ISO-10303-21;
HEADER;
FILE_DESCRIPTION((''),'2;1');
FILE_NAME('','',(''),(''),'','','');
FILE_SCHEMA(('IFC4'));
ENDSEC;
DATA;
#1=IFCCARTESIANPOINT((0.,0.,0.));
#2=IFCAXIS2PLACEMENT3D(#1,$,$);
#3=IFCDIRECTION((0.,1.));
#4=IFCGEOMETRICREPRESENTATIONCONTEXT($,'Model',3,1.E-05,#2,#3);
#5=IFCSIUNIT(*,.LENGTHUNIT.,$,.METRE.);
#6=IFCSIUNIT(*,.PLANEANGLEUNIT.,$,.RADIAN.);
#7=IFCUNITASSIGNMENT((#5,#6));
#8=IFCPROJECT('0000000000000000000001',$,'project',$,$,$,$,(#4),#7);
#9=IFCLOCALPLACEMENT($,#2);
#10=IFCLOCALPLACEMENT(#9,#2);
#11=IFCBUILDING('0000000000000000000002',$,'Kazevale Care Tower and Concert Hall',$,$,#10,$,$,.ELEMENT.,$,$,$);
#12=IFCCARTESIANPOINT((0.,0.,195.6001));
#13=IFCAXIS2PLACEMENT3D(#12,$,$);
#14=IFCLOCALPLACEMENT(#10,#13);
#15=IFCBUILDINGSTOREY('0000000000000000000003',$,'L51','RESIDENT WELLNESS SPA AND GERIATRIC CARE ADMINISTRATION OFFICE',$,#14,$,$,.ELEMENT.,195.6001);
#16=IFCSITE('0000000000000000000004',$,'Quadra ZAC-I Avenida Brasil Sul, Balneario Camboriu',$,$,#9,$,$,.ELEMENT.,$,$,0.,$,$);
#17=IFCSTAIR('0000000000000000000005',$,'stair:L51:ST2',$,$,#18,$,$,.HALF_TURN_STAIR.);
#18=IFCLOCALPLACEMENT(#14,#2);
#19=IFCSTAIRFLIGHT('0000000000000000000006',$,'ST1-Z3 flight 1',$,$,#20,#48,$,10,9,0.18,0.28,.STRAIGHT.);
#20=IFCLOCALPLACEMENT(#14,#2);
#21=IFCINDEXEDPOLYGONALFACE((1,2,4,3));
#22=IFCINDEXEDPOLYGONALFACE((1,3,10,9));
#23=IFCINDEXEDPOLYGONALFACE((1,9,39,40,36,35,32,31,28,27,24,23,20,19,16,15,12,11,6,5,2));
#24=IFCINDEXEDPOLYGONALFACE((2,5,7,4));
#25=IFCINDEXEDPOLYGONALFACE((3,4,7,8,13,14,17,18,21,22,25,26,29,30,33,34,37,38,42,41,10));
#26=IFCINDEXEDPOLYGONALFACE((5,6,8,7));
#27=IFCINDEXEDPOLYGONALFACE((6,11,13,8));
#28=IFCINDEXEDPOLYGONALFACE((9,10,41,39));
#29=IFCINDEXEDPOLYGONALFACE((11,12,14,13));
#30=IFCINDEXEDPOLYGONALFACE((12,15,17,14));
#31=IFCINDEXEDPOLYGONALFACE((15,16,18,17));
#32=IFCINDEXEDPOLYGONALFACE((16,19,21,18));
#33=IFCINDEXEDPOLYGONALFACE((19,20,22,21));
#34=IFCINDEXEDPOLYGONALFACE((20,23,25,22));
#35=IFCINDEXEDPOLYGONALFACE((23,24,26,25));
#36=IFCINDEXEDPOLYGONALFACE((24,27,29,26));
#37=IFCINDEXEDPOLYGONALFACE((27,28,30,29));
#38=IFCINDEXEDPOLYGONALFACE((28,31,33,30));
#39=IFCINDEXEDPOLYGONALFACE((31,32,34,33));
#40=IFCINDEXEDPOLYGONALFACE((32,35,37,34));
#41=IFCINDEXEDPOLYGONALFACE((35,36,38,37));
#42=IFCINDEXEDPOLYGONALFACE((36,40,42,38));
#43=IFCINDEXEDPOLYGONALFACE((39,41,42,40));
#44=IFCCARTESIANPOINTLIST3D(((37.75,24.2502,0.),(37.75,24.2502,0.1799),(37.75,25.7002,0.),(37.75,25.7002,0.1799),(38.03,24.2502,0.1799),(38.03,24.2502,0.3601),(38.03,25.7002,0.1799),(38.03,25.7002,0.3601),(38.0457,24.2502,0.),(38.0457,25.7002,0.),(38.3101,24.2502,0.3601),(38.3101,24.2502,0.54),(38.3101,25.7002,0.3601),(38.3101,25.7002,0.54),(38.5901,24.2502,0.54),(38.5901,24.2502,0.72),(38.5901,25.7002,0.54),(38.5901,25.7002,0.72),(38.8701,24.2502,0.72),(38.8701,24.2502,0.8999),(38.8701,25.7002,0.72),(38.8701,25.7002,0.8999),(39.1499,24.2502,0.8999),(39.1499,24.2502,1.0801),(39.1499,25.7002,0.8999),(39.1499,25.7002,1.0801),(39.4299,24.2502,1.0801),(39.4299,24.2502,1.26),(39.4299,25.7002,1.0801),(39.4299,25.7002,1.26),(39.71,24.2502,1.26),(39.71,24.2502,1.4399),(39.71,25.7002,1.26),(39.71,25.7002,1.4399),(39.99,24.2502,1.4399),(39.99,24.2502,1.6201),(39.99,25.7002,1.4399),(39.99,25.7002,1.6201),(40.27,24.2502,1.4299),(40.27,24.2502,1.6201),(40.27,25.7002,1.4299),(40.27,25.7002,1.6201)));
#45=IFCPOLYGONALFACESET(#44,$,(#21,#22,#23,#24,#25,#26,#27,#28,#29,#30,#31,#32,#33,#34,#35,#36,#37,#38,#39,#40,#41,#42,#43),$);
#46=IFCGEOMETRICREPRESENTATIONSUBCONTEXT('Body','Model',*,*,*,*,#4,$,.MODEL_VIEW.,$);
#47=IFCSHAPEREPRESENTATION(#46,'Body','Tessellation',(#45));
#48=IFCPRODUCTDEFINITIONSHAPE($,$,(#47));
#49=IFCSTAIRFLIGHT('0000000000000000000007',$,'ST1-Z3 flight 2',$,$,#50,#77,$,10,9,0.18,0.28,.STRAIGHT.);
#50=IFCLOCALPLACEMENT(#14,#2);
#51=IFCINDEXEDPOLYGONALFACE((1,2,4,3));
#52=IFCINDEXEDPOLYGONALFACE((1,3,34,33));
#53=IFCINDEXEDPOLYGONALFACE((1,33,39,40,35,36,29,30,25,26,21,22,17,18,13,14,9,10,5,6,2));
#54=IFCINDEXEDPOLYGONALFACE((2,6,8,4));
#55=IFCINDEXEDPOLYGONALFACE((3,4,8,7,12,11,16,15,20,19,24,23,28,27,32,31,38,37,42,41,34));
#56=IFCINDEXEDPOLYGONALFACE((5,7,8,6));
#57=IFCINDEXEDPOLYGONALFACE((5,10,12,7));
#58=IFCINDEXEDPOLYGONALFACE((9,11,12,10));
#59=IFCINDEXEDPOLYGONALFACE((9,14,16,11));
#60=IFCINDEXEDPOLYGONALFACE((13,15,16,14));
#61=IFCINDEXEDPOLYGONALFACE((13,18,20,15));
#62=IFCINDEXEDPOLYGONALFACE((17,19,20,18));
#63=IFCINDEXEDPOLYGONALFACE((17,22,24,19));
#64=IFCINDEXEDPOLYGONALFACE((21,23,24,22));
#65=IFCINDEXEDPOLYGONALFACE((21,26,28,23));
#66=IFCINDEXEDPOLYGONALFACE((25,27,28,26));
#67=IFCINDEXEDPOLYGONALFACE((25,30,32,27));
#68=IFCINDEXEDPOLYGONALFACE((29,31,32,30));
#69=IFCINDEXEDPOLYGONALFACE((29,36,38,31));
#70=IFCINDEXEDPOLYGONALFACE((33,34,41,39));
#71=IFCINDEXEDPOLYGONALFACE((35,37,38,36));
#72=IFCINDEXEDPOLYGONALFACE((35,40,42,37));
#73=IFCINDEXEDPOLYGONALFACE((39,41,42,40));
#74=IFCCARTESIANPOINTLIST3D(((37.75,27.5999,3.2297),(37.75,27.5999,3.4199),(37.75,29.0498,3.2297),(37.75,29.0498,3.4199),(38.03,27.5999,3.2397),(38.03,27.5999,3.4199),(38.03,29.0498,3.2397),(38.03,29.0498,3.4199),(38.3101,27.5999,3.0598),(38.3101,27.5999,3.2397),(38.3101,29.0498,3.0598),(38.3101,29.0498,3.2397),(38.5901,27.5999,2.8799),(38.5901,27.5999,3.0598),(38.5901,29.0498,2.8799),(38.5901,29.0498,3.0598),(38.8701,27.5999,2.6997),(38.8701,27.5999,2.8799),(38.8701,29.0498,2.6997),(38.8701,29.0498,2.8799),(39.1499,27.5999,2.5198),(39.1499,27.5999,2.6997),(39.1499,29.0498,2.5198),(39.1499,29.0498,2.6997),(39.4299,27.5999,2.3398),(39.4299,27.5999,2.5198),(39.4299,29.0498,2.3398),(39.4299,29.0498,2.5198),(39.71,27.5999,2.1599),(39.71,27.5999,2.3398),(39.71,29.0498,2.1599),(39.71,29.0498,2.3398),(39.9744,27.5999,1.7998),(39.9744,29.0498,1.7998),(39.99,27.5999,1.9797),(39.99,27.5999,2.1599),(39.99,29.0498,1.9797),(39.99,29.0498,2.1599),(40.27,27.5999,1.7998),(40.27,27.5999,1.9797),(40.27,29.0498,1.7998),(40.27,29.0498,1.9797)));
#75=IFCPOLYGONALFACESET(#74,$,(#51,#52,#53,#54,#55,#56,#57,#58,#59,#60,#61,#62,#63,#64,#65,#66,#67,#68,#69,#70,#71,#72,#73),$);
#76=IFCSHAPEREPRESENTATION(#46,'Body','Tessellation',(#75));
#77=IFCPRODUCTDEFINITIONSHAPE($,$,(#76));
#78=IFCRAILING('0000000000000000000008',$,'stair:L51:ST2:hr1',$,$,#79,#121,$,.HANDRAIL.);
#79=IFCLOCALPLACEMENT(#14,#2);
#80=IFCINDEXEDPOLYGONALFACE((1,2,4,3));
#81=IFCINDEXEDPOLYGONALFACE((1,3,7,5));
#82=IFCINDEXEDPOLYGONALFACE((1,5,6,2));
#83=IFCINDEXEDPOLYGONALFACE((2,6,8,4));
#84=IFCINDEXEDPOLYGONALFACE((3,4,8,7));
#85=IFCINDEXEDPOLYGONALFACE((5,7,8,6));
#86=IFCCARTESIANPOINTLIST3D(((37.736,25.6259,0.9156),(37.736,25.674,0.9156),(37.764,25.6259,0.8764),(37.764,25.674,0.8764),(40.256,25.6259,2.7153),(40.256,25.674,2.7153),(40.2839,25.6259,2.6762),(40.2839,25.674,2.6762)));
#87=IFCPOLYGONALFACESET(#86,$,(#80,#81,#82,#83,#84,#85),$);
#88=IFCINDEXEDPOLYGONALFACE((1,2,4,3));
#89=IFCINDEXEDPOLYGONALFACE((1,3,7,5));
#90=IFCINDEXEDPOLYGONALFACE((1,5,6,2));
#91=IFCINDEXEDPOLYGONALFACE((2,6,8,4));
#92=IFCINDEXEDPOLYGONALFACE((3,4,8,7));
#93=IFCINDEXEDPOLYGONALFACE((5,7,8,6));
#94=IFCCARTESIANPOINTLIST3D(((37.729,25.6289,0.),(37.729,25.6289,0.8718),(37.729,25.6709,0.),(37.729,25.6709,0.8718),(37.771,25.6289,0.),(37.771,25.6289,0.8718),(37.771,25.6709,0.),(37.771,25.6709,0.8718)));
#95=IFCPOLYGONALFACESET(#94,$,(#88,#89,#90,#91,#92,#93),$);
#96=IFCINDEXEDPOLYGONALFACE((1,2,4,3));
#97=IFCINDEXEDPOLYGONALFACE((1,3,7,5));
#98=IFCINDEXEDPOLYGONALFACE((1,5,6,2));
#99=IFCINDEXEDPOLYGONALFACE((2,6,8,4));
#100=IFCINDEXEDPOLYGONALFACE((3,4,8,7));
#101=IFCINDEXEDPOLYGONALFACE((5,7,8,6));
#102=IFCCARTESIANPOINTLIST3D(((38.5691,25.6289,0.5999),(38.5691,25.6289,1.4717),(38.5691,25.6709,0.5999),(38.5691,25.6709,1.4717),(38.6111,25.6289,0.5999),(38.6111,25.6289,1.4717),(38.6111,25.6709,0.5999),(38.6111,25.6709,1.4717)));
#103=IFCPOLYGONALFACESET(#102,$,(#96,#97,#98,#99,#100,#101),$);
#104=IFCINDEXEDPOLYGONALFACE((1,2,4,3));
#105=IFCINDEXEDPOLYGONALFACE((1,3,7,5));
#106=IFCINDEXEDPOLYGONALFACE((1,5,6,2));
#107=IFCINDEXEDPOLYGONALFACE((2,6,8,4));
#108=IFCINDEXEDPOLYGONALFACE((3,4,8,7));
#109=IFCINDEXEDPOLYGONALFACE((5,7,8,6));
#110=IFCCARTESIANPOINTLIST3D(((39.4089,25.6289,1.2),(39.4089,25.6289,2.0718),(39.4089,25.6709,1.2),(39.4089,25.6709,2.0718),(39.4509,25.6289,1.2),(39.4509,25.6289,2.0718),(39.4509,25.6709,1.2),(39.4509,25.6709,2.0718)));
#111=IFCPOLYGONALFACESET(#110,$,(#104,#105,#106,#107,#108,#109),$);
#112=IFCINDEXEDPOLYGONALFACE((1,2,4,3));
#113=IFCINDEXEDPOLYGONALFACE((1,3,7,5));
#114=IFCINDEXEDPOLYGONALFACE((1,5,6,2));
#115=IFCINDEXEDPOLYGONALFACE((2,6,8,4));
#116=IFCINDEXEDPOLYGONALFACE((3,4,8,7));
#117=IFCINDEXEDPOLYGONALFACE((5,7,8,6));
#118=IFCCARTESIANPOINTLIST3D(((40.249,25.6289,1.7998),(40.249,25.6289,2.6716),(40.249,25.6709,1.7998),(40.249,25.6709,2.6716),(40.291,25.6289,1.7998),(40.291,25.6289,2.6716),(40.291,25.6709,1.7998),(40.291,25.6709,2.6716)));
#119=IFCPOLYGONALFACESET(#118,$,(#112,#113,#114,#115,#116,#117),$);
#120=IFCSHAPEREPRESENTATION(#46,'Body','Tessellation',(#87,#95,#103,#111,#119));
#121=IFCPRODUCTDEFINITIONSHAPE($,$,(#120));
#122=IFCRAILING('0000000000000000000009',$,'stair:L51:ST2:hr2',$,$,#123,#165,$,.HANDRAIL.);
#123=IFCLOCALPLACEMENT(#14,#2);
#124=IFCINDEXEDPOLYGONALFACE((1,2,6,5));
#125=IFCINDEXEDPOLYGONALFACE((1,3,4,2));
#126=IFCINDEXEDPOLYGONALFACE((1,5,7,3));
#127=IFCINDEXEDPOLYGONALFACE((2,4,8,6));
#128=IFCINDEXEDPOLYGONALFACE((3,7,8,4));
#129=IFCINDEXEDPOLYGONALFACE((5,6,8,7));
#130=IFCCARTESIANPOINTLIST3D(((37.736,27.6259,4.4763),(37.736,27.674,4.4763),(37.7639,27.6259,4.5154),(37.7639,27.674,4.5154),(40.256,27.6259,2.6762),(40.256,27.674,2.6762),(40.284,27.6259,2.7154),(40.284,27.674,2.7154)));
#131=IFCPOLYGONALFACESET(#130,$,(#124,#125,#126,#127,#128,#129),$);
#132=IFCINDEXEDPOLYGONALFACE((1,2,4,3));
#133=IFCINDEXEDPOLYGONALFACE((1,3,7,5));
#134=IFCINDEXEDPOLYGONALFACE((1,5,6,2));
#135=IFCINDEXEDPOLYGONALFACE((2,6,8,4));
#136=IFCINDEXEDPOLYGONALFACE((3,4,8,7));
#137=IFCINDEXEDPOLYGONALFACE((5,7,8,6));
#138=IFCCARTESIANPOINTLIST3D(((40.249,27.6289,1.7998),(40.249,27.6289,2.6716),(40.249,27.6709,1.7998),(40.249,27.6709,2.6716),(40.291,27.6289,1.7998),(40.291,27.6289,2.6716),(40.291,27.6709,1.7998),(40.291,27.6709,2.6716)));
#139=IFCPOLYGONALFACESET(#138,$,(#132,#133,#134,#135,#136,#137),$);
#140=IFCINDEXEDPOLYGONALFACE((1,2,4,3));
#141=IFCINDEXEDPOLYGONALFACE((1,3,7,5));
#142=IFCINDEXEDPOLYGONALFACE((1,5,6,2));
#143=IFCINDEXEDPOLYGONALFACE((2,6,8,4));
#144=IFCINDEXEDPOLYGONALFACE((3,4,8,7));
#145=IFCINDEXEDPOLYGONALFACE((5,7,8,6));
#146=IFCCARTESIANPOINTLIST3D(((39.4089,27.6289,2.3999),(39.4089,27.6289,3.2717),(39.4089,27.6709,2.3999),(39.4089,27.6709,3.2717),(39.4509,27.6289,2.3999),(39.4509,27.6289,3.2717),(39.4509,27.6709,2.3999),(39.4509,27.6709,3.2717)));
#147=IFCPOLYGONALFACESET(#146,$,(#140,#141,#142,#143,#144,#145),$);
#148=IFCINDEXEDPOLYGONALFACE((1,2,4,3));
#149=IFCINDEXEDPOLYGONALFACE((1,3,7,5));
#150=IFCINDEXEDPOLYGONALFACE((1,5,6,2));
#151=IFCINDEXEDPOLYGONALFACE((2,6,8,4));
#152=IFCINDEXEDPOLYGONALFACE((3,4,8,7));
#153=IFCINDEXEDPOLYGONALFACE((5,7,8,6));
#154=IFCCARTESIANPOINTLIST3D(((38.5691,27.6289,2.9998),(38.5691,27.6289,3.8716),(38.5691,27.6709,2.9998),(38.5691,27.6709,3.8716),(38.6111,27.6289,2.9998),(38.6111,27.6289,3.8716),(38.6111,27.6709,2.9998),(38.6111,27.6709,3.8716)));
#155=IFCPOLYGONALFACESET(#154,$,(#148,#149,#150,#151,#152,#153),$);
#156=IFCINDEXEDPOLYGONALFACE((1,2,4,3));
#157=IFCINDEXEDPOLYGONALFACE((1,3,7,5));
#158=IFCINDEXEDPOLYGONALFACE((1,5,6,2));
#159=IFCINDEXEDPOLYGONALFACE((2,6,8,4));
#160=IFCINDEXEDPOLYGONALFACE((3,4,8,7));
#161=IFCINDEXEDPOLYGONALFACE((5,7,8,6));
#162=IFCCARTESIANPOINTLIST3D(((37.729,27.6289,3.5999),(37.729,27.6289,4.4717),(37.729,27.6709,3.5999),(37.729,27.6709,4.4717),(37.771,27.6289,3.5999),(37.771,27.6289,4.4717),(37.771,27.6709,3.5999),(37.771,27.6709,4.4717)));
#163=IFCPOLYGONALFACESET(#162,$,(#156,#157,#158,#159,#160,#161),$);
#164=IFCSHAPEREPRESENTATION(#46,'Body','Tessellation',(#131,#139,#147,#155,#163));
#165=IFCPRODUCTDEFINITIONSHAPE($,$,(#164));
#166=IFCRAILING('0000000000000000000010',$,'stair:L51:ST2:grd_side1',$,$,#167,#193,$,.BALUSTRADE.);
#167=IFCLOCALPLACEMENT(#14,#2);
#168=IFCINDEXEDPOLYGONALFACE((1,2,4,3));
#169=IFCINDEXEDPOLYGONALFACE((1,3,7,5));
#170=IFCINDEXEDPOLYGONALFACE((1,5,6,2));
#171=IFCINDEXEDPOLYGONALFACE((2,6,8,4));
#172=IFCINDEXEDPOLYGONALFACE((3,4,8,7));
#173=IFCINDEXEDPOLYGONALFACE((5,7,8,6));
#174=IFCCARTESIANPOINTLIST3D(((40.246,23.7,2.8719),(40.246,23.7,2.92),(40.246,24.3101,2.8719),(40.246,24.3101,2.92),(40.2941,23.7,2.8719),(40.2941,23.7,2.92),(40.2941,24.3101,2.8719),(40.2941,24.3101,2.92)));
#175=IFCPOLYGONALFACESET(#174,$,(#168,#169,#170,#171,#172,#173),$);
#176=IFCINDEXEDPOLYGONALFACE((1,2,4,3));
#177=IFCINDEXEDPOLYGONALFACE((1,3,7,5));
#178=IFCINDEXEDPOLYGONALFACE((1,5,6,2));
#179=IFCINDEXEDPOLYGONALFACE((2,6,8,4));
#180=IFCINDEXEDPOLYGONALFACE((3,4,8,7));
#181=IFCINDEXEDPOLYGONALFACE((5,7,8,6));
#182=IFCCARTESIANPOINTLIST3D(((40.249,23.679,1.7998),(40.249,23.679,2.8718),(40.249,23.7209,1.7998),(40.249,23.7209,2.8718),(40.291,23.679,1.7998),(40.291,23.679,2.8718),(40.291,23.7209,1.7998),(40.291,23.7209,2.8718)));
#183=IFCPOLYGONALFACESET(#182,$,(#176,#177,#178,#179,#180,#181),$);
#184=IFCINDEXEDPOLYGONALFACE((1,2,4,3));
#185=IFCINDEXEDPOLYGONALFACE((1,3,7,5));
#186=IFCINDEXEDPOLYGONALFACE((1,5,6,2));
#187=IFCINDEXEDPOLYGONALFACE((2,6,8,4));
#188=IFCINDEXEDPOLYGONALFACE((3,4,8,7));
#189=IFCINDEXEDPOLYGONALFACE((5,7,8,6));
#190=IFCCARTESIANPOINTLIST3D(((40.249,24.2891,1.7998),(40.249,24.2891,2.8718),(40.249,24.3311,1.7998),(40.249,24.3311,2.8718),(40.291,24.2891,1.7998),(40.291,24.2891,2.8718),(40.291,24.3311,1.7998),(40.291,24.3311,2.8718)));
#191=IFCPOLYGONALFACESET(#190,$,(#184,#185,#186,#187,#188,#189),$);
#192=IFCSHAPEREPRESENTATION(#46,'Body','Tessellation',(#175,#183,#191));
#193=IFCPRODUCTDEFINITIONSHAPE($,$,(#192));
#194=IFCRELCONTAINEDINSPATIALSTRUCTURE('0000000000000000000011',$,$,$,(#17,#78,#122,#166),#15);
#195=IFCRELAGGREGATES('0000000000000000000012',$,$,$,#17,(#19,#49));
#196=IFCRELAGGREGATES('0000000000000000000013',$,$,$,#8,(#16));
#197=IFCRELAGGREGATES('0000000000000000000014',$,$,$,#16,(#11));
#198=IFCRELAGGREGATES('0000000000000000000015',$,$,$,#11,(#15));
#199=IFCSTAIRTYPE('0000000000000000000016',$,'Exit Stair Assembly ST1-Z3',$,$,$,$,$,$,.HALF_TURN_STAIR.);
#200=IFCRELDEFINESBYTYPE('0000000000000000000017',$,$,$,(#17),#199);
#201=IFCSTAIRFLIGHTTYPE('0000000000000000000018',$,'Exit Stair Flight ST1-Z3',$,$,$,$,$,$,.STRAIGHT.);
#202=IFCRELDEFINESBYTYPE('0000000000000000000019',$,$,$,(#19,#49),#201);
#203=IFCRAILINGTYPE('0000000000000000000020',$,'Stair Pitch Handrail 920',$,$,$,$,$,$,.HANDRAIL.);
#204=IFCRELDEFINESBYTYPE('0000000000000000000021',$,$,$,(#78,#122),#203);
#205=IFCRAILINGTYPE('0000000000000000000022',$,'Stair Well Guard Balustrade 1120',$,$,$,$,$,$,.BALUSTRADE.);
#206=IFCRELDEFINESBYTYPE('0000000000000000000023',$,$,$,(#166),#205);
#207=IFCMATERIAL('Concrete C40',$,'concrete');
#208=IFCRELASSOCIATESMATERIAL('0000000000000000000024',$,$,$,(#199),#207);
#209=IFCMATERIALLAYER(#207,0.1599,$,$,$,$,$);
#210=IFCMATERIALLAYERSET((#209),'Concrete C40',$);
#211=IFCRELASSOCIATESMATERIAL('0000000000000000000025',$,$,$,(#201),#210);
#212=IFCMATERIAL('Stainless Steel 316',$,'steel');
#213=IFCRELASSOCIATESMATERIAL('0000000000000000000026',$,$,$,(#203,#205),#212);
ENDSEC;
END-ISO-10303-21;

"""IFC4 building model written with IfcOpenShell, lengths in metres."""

from ifc_helpers import new_model, si_unit, direction, frame, origin, origin_2d, place, context, subcontext, project, spatial, polyline, rectangle, outline, extrude, material, layer, layer_set, type_object, element, aggregate, save


model = new_model("IFC4")

# Units and contexts
model_context = context("Model", 3, precision=1e-05, world=origin(), true_north=direction((0.0, 1.0)))
body_context = subcontext(model_context, "Body", "Model", "MODEL_VIEW")
ifc_project = project(units=[si_unit("LENGTHUNIT", "METRE"), si_unit("PLANEANGLEUNIT", "RADIAN")], contexts=[model_context])

# Site, building, storey
site_placement = place(None, origin())
site = spatial("IfcSite", under=ifc_project, at=site_placement, Name="Quadra ZAC-I Avenida Brasil Sul, Balneario Camboriu", CompositionType="ELEMENT", RefElevation=0.0)
building_placement = place(site_placement, origin())
building = spatial("IfcBuilding", under=site, at=building_placement, Name="Kazevale Care Tower and Concert Hall", CompositionType="ELEMENT")
storey_placement = place(building_placement, frame((0.0, 0.0, 195.6001)))
storey = spatial("IfcBuildingStorey", under=building, at=storey_placement, Name="L51", Description="RESIDENT WELLNESS SPA AND GERIATRIC CARE ADMINISTRATION OFFICE", CompositionType="ELEMENT", Elevation=195.6001)

# Shared definitions
ifc_material_1 = material(Name="Concrete C40", Category="concrete")

# Stair, stair flights
stair_type = type_object("IfcStairType", Name="Exit Stair Assembly ST1-Z3", PredefinedType="HALF_TURN_STAIR", material=ifc_material_1)
stair_placement = place(storey_placement, origin())
stair = element("IfcStair", 1, at=stair_placement, inside=storey, type_object=stair_type, Name="stair:L51:ST2", PredefinedType="HALF_TURN_STAIR")
ifc_layer_1 = layer(ifc_material_1, 0.1599)
ifc_layer_set_1 = layer_set([ifc_layer_1], Name="Concrete C40")
stair_flight_type = type_object("IfcStairFlightType", Name="Exit Stair Flight ST1-Z3", PredefinedType="STRAIGHT", material=ifc_layer_set_1)
stair_flight_1_placement = place(storey_placement, frame((37.75, 24.9751, 0.0), z_axis=(0.0, 0.0, 1.0), x_axis=(1.0, 0.0, 0.0)))
stair_flight_1 = element("IfcStairFlight", 2, at=stair_flight_1_placement, type_object=stair_flight_type, Name="ST1-Z3 flight 1", NumberOfRisers=10, NumberOfTreads=9, PredefinedType="STRAIGHT", RiserHeight=0.18, TreadLength=0.28, context=body_context, shape_type="SweptSolid", body=[
    extrude(outline(polyline([(0.0, 0.0), (0.0, 0.1799), (0.28, 0.1799), (0.28, 0.3601), (0.5601, 0.3601), (0.5601, 0.54), (0.8401, 0.54), (0.8401, 0.72), (1.1201, 0.72), (1.1201, 0.8999), (1.3999, 0.8999), (1.3999, 1.0801), (1.6799, 1.0801), (1.6799, 1.26), (1.96, 1.26), (1.96, 1.4399), (2.24, 1.4399), (2.24, 1.6201), (2.52, 1.6201), (2.52, 1.8), (2.52, 1.4299), (0.2957, 0.0), (0.0, 0.0)])), frame((0.0, 0.7251, 0.0), z_axis=(0.0, -1.0, 0.0), x_axis=(1.0, 0.0, 0.0)), (0.0, 0.0, 1.0), 1.45),
])
stair_flight_2_placement = place(storey_placement, frame((40.27, 28.325, 1.7998), z_axis=(0.0, 0.0, 1.0), x_axis=(-1.0, 0.0, 0.0)))
stair_flight_2 = element("IfcStairFlight", 3, at=stair_flight_2_placement, type_object=stair_flight_type, Name="ST1-Z3 flight 2", NumberOfRisers=10, NumberOfTreads=9, PredefinedType="STRAIGHT", RiserHeight=0.18, TreadLength=0.28, context=body_context, shape_type="SweptSolid", body=[
    extrude(outline(polyline([(0.0, 0.0), (0.0, 0.1799), (0.28, 0.1799), (0.28, 0.3601), (0.5601, 0.3601), (0.5601, 0.54), (0.8401, 0.54), (0.8401, 0.72), (1.1201, 0.72), (1.1201, 0.8999), (1.3999, 0.8999), (1.3999, 1.0801), (1.6799, 1.0801), (1.6799, 1.26), (1.96, 1.26), (1.96, 1.4399), (2.24, 1.4399), (2.24, 1.6201), (2.52, 1.6201), (2.52, 1.8), (2.52, 1.4299), (0.2957, 0.0), (0.0, 0.0)])), frame((0.0, 0.7251, 0.0), z_axis=(0.0, -1.0, 0.0), x_axis=(1.0, 0.0, 0.0)), (0.0, 0.0, 1.0), 1.45),
])
aggregate(stair, [stair_flight_1, stair_flight_2])

# Railings
ifc_material_2 = material(Name="Stainless Steel 316", Category="steel")
railing_type_1 = type_object("IfcRailingType", Name="Stair Pitch Handrail 920", PredefinedType="HANDRAIL", material=ifc_material_2)
railing_1_placement = place(storey_placement, frame((37.75, 25.6499, 0.0)))
element("IfcRailing", 4, at=railing_1_placement, inside=storey, type_object=railing_type_1, Name="stair:L51:ST2:hr1", PredefinedType="HANDRAIL", context=body_context, shape_type="SweptSolid", body=[
    extrude(rectangle(XDim=0.0481, YDim=0.0481, at=origin_2d()), frame((0.0, 0.0, 0.896), z_axis=(0.813765, 0.0, 0.581193), x_axis=(0.0, 1.0, 0.0)), (0.0, 0.0, 1.0), 3.0967),
    extrude(rectangle(XDim=0.042, YDim=0.042, at=origin_2d()), origin(), (0.0, 0.0, 1.0), 0.8718),
    extrude(rectangle(XDim=0.042, YDim=0.042, at=origin_2d()), frame((0.8401, 0.0, 0.5999)), (0.0, 0.0, 1.0), 0.8718),
    extrude(rectangle(XDim=0.042, YDim=0.042, at=origin_2d()), frame((1.6799, 0.0, 1.2)), (0.0, 0.0, 1.0), 0.8718),
    extrude(rectangle(XDim=0.042, YDim=0.042, at=origin_2d()), frame((2.52, 0.0, 1.7998)), (0.0, 0.0, 1.0), 0.8718),
])
railing_2_placement = place(storey_placement, frame((40.27, 27.6499, 1.7998)))
element("IfcRailing", 5, at=railing_2_placement, inside=storey, type_object=railing_type_1, Name="stair:L51:ST2:hr2", PredefinedType="HANDRAIL", context=body_context, shape_type="SweptSolid", body=[
    extrude(rectangle(XDim=0.0481, YDim=0.0481, at=origin_2d()), frame((0.0, 0.0, 0.896), z_axis=(-0.813728, 0.0, 0.581246), x_axis=(0.0, -1.0, 0.0)), (0.0, 0.0, 1.0), 3.0969),
    extrude(rectangle(XDim=0.042, YDim=0.042, at=origin_2d()), origin(), (0.0, 0.0, 1.0), 0.8718),
    extrude(rectangle(XDim=0.042, YDim=0.042, at=origin_2d()), frame((-0.8401, 0.0, 0.6001)), (0.0, 0.0, 1.0), 0.8718),
    extrude(rectangle(XDim=0.042, YDim=0.042, at=origin_2d()), frame((-1.6799, 0.0, 1.2)), (0.0, 0.0, 1.0), 0.8718),
    extrude(rectangle(XDim=0.042, YDim=0.042, at=origin_2d()), frame((-2.52, 0.0, 1.8)), (0.0, 0.0, 1.0), 0.8718),
])
railing_type_2 = type_object("IfcRailingType", Name="Stair Well Guard Balustrade 1120", PredefinedType="BALUSTRADE", material=ifc_material_2)
railing_3_placement = place(storey_placement, frame((40.27, 23.7, 1.7998)))
element("IfcRailing", 6, at=railing_3_placement, inside=storey, type_object=railing_type_2, Name="stair:L51:ST2:grd_side1", PredefinedType="BALUSTRADE", context=body_context, shape_type="SweptSolid", body=[
    extrude(rectangle(XDim=0.0481, YDim=0.0481, at=origin_2d()), frame((0.0, 0.0, 1.0962), z_axis=(0.0, 1.0, 0.0), x_axis=(-1.0, 0.0, 0.0)), (0.0, 0.0, 1.0), 0.6101),
    extrude(rectangle(XDim=0.042, YDim=0.042, at=origin_2d()), origin(), (0.0, 0.0, 1.0), 1.072),
    extrude(rectangle(XDim=0.042, YDim=0.042, at=origin_2d()), frame((0.0, 0.6101, 0.0)), (0.0, 0.0, 1.0), 1.072),
])

save(model, "model.ifc")
